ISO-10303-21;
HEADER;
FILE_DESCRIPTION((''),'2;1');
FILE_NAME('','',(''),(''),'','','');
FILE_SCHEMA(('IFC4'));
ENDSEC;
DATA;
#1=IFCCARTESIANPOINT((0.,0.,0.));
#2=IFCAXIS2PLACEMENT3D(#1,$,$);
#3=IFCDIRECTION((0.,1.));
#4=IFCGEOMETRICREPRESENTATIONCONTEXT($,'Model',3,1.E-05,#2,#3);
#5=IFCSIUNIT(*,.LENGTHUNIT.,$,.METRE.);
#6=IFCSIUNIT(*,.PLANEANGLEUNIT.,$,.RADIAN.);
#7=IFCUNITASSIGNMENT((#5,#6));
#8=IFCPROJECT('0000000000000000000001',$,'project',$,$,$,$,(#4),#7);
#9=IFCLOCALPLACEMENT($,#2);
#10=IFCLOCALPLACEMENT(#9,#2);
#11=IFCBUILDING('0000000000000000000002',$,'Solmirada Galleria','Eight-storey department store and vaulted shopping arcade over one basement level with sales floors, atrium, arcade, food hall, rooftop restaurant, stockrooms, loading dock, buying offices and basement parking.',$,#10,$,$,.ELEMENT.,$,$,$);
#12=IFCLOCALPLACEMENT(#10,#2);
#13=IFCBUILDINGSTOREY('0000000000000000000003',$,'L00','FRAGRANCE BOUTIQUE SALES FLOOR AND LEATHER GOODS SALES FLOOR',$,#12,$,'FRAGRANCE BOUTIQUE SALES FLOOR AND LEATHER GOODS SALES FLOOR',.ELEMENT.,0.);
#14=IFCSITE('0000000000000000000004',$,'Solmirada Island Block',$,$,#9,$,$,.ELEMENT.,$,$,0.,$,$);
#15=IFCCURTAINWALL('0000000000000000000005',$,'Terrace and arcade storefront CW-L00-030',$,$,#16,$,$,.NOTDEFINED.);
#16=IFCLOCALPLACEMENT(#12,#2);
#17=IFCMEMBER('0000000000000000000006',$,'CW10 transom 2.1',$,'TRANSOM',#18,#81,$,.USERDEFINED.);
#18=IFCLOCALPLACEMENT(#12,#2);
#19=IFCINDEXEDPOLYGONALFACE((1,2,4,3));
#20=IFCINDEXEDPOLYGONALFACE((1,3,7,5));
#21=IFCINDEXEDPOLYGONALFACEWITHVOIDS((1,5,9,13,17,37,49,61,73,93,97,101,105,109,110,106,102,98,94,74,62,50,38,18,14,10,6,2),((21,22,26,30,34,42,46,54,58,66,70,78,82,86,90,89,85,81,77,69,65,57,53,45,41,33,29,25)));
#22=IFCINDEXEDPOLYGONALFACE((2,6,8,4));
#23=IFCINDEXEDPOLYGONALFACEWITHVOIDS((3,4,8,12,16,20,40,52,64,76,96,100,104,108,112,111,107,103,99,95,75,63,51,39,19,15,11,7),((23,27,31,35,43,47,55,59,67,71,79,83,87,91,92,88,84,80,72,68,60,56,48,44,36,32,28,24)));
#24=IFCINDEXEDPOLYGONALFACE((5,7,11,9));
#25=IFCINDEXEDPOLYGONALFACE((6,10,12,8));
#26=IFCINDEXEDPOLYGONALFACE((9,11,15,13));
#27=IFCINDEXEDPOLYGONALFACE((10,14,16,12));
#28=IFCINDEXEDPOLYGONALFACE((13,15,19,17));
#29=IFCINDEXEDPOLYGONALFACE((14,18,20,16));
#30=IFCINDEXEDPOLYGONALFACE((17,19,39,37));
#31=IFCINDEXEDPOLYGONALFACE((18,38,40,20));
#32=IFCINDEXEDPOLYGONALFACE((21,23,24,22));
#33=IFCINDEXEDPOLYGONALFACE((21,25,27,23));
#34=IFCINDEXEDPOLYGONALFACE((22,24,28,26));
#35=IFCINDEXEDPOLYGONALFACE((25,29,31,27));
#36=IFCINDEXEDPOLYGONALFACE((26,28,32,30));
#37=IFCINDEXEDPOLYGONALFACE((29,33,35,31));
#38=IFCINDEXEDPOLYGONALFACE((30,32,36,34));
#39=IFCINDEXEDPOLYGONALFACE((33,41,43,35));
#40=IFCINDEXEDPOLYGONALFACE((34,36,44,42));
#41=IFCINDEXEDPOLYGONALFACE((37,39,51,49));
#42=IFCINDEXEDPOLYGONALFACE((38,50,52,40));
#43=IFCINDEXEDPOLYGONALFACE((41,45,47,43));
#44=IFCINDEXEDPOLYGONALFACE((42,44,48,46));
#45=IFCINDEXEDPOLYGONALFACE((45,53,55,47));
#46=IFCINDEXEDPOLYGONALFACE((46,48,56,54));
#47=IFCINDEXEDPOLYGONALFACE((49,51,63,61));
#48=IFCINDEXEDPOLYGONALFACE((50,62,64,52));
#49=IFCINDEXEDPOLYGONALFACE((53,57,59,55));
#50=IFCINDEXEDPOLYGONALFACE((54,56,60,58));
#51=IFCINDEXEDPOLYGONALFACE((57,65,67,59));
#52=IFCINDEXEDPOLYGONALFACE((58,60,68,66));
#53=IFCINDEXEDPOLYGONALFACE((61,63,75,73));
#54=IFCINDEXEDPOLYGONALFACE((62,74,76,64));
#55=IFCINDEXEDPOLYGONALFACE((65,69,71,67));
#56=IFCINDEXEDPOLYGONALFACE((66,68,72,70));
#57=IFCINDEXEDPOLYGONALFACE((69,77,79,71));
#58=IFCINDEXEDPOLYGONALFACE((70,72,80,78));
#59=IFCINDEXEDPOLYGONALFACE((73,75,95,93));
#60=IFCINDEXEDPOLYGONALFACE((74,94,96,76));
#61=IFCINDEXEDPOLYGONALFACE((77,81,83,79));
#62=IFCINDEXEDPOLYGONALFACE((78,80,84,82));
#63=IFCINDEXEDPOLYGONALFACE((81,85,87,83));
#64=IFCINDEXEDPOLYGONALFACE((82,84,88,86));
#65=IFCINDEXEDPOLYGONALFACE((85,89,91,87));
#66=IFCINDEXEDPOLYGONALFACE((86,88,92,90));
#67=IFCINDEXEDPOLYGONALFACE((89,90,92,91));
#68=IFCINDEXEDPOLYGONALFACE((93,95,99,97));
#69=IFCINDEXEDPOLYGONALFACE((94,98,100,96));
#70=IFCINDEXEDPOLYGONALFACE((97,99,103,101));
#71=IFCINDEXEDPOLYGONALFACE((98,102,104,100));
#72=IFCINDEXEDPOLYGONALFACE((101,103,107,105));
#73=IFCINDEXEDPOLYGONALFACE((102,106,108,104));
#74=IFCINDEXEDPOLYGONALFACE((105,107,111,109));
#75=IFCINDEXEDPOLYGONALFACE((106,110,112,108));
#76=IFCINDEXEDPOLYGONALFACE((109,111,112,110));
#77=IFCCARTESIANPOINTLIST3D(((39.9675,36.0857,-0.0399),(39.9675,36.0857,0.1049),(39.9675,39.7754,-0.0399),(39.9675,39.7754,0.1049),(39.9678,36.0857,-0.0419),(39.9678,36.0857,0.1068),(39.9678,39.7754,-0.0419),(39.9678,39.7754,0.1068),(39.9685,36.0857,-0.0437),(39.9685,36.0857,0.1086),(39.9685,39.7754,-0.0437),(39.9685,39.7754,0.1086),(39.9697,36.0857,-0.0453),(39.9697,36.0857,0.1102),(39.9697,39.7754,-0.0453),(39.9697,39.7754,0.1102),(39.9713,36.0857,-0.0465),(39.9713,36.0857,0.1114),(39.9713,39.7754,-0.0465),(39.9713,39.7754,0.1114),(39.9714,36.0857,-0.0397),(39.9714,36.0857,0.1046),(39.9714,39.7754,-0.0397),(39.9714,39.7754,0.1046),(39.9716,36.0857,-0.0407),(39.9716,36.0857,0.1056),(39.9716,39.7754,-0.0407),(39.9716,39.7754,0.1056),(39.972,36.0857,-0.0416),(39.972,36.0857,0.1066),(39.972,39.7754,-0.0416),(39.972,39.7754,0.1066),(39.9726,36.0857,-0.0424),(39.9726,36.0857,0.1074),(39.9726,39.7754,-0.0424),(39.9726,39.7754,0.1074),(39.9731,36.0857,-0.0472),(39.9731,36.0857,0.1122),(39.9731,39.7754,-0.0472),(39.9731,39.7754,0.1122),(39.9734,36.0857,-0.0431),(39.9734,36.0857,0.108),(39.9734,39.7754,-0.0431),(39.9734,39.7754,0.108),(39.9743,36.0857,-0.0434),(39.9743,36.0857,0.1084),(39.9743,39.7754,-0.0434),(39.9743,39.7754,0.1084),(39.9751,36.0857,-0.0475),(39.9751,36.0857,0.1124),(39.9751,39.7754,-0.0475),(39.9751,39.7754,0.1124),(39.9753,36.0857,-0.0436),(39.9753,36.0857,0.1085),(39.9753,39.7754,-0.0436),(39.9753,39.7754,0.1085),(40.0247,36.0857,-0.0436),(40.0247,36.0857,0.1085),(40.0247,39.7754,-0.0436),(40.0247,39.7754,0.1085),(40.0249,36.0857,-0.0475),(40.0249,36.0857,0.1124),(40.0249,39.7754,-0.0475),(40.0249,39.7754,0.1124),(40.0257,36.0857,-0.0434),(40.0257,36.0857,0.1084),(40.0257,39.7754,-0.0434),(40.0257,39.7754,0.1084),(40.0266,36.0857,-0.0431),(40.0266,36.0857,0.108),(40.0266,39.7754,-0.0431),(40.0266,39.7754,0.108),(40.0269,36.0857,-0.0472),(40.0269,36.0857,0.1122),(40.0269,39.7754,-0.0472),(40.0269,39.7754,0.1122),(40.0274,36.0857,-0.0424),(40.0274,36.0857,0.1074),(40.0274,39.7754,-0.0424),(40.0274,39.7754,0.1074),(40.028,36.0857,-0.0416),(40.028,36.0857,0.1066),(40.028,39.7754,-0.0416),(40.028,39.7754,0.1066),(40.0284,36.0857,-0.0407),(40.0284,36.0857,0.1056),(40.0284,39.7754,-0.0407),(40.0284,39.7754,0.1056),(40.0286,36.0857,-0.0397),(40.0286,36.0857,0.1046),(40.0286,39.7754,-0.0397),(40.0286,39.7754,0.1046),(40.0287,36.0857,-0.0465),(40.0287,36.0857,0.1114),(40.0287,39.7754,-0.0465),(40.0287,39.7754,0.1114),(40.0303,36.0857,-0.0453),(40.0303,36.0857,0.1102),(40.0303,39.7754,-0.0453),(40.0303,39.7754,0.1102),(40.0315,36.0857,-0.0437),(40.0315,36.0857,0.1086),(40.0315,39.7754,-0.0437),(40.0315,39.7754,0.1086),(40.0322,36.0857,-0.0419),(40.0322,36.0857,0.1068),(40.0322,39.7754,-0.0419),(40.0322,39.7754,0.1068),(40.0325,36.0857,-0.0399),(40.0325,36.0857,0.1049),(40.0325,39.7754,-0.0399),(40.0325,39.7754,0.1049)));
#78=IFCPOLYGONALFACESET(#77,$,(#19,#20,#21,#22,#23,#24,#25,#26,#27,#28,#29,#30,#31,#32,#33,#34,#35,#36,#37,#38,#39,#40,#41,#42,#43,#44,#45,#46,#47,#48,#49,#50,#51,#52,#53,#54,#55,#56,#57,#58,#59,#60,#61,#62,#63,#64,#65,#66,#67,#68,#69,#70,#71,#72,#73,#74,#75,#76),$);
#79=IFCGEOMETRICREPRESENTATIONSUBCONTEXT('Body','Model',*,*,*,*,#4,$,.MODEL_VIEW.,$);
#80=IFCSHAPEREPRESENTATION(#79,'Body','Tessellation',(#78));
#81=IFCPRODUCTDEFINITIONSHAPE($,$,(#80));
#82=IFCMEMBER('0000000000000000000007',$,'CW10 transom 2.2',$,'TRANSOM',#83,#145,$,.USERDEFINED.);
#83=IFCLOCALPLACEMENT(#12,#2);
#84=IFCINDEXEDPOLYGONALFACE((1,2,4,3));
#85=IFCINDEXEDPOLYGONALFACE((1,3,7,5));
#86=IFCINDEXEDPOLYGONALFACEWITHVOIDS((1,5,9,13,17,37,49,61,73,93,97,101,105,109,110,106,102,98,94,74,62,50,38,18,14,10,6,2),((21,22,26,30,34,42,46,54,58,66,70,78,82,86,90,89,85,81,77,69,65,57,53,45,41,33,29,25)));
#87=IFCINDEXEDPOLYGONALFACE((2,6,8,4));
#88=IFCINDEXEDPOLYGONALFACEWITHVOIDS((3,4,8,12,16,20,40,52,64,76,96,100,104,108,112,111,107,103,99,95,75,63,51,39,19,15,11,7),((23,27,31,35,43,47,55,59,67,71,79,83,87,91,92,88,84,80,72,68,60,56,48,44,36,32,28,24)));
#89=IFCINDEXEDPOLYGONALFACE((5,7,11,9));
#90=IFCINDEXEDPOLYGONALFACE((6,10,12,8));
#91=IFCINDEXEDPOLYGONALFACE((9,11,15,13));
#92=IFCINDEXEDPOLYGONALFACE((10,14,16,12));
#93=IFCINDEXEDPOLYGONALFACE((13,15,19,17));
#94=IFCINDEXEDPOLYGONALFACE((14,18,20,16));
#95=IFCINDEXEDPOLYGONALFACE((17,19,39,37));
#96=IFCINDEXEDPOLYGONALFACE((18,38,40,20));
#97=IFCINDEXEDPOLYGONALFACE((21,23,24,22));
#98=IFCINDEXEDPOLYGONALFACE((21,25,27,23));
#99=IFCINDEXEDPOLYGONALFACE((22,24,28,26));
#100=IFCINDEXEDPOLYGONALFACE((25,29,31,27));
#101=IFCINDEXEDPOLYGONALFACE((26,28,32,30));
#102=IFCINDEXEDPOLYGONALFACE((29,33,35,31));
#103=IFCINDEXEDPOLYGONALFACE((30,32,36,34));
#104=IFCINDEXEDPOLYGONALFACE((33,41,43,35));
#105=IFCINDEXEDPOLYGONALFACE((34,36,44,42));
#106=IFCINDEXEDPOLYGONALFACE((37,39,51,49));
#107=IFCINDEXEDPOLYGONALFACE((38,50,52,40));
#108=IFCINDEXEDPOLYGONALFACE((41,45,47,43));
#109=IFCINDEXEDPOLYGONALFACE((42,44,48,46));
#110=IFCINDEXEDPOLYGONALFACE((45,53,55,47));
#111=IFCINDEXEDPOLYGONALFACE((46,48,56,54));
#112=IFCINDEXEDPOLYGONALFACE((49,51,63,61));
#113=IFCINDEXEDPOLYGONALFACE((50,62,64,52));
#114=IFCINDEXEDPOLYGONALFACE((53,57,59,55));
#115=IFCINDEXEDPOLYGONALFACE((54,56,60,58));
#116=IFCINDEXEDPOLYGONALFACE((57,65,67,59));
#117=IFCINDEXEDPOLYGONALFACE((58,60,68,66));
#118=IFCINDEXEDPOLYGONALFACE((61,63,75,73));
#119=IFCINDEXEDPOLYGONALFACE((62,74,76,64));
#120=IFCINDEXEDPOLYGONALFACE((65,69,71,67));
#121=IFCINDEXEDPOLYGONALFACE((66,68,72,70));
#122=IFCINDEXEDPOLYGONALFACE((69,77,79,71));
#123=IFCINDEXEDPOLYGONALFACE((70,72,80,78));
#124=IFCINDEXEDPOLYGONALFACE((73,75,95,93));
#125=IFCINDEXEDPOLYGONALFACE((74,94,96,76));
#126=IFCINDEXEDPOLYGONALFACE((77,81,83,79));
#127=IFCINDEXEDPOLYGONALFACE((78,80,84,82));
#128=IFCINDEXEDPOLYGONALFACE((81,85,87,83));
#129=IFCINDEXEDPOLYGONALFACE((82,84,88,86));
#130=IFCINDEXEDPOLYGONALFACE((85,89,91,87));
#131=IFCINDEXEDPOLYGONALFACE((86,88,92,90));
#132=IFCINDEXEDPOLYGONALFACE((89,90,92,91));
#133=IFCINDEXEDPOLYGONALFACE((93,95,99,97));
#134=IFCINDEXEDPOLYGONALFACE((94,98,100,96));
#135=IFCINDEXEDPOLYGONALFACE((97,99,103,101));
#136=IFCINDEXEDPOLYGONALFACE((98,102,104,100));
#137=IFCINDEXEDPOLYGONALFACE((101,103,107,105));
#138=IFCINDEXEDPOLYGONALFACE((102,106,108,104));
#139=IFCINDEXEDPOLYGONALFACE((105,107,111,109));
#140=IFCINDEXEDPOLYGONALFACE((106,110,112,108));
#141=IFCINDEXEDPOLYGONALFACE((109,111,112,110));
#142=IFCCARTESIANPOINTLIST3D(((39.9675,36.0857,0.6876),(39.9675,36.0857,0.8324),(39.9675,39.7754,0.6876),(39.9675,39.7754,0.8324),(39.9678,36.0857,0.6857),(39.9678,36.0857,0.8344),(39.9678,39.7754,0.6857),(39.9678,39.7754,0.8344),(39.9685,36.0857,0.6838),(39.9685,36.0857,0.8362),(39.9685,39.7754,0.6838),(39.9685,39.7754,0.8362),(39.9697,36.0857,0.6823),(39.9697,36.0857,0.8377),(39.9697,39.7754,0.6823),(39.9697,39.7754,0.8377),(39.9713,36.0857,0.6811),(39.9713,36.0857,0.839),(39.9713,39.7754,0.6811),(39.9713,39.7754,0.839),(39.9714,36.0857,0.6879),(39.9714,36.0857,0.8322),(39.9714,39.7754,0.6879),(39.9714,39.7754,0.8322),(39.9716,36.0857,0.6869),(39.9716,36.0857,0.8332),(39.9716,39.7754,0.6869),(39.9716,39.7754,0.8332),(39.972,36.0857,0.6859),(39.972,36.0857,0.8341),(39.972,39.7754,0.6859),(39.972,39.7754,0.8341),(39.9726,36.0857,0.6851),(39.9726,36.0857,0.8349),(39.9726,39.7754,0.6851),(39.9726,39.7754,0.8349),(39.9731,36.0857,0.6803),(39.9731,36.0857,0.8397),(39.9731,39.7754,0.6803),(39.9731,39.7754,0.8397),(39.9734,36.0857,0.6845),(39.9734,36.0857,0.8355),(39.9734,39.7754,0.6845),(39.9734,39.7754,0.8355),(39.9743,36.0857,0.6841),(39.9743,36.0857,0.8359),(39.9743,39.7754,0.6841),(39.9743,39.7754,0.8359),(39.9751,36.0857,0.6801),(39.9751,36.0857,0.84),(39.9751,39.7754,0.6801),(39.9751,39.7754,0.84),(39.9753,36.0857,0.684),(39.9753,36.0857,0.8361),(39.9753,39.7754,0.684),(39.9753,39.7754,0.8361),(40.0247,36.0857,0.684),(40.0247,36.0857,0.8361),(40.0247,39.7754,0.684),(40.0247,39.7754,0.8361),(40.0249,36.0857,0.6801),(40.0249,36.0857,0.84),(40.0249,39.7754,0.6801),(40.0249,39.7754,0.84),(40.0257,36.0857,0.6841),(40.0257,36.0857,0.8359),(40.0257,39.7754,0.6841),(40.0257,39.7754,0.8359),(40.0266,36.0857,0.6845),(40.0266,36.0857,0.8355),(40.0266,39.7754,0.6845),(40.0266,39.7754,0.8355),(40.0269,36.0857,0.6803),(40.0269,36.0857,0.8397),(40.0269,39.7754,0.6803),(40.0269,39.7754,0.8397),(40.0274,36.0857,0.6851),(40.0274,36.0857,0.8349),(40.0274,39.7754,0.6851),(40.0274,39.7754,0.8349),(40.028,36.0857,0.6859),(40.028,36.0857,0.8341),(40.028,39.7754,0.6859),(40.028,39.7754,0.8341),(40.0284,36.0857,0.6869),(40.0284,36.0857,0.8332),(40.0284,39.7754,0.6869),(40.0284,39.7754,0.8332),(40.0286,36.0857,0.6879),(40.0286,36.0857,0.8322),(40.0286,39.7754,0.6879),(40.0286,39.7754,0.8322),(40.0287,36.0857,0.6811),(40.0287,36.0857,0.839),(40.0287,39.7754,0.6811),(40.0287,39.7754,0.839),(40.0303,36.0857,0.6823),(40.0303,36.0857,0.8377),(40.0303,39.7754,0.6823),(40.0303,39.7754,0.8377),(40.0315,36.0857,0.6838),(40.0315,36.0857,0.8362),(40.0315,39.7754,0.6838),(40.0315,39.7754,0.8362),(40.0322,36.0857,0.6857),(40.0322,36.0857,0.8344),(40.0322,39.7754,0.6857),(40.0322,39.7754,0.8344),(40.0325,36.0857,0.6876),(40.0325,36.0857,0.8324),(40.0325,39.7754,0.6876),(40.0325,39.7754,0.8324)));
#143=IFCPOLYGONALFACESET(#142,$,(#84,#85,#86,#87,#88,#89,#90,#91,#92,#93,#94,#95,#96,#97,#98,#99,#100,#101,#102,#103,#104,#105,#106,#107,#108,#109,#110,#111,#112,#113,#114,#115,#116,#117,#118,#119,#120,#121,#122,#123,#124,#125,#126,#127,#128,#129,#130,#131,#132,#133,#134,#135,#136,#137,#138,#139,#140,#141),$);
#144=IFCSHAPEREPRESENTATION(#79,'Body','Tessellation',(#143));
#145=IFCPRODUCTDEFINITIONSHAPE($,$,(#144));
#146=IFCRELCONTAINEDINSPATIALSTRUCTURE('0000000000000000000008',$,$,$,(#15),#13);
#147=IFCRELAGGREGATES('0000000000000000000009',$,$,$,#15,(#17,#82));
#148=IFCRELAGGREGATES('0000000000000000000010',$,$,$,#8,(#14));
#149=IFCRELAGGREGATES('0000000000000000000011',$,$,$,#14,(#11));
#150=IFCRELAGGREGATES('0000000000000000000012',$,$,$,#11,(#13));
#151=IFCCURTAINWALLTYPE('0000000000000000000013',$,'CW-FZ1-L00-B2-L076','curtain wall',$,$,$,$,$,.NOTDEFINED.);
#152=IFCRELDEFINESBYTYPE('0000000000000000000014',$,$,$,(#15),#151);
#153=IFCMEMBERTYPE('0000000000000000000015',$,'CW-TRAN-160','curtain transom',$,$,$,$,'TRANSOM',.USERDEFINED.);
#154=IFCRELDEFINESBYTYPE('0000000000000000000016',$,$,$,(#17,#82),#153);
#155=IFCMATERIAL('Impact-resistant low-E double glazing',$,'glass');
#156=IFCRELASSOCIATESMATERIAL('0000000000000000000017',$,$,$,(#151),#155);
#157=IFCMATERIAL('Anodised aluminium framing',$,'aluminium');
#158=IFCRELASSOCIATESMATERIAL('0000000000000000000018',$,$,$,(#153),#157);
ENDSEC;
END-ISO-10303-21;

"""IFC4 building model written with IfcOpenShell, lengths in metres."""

from ifc_helpers import new_model, si_unit, direction, frame, origin, origin_2d, place, context, subcontext, project, spatial, hollow_rectangle, extrude, material, material_profile, profile_set, type_object, element, aggregate, save


model = new_model("IFC4")

# Units and contexts
model_context = context("Model", 3, precision=1e-05, world=origin(), true_north=direction((0.0, 1.0)))
body_context = subcontext(model_context, "Body", "Model", "MODEL_VIEW")
ifc_project = project(units=[si_unit("LENGTHUNIT", "METRE"), si_unit("PLANEANGLEUNIT", "RADIAN")], contexts=[model_context])

# Site, building, storey
site_placement = place(None, origin())
site = spatial("IfcSite", under=ifc_project, at=site_placement, Name="Solmirada Island Block", CompositionType="ELEMENT", RefElevation=0.0)
building_placement = place(site_placement, origin())
building = spatial("IfcBuilding", under=site, at=building_placement, Name="Solmirada Galleria", Description="Eight-storey department store and vaulted shopping arcade over one basement level with sales floors, atrium, arcade, food hall, rooftop restaurant, stockrooms, loading dock, buying offices and basement parking.", CompositionType="ELEMENT")
storey_placement = place(building_placement, origin())
storey = spatial("IfcBuildingStorey", under=building, at=storey_placement, Name="L00", Description="FRAGRANCE BOUTIQUE SALES FLOOR AND LEATHER GOODS SALES FLOOR", LongName="FRAGRANCE BOUTIQUE SALES FLOOR AND LEATHER GOODS SALES FLOOR", CompositionType="ELEMENT", Elevation=0.0)

# Curtain wall
ifc_material_1 = material(Name="Impact-resistant low-E double glazing", Category="glass")
curtain_wall_type = type_object("IfcCurtainWallType", Name="CW-FZ1-L00-B2-L076", Description="curtain wall", PredefinedType="NOTDEFINED", material=ifc_material_1)
ifc_material_2 = material(Name="Anodised aluminium framing", Category="aluminium")
curtain_wall_1_placement = place(storey_placement, origin())
curtain_wall_1 = element("IfcCurtainWall", 1, at=curtain_wall_1_placement, inside=storey, type_object=curtain_wall_type, Name="Terrace and arcade storefront CW-L00-030", PredefinedType="NOTDEFINED")

# Members
ifc_material_profile_1 = material_profile(ifc_material_2, hollow_rectangle(XDim=0.0649, YDim=0.1599, WallThickness=0.0039, InnerFilletRadius=0.0039, OuterFilletRadius=0.0076, at=origin_2d()), Name="ALU-TRAN-160X65")
ifc_profile_set_1 = profile_set([ifc_material_profile_1], Name="Anodised aluminium framing")
member_type_1 = type_object("IfcMemberType", Name="CW-TRAN-160", Description="curtain transom", ElementType="TRANSOM", PredefinedType="USERDEFINED", material=ifc_profile_set_1)
member_1_placement = place(storey_placement, frame((40.0, 36.0857, 0.0325), z_axis=(0.0, 1.0, 0.0), x_axis=(-1.0, 0.0, 0.0)))
member_1 = element("IfcMember", 2, at=member_1_placement, type_object=member_type_1, Name="CW10 transom 2.1", ObjectType="TRANSOM", PredefinedType="USERDEFINED", context=body_context, shape_type="SweptSolid", body=[
    extrude(hollow_rectangle(XDim=0.0649, YDim=0.1599, WallThickness=0.0039, InnerFilletRadius=0.0039, OuterFilletRadius=0.0076, at=origin_2d()), origin(), (0.0, 0.0, 1.0), 3.6897),
])
member_2_placement = place(storey_placement, frame((40.0, 36.0857, 0.76), z_axis=(0.0, 1.0, 0.0), x_axis=(-1.0, 0.0, 0.0)))
member_2 = element("IfcMember", 3, at=member_2_placement, type_object=member_type_1, Name="CW10 transom 2.2", ObjectType="TRANSOM", PredefinedType="USERDEFINED", context=body_context, shape_type="SweptSolid", body=[
    extrude(hollow_rectangle(XDim=0.0649, YDim=0.1599, WallThickness=0.0039, InnerFilletRadius=0.0039, OuterFilletRadius=0.0076, at=origin_2d()), origin(), (0.0, 0.0, 1.0), 3.6897),
])

aggregate(curtain_wall_1, [member_1, member_2])

save(model, "model.ifc")
